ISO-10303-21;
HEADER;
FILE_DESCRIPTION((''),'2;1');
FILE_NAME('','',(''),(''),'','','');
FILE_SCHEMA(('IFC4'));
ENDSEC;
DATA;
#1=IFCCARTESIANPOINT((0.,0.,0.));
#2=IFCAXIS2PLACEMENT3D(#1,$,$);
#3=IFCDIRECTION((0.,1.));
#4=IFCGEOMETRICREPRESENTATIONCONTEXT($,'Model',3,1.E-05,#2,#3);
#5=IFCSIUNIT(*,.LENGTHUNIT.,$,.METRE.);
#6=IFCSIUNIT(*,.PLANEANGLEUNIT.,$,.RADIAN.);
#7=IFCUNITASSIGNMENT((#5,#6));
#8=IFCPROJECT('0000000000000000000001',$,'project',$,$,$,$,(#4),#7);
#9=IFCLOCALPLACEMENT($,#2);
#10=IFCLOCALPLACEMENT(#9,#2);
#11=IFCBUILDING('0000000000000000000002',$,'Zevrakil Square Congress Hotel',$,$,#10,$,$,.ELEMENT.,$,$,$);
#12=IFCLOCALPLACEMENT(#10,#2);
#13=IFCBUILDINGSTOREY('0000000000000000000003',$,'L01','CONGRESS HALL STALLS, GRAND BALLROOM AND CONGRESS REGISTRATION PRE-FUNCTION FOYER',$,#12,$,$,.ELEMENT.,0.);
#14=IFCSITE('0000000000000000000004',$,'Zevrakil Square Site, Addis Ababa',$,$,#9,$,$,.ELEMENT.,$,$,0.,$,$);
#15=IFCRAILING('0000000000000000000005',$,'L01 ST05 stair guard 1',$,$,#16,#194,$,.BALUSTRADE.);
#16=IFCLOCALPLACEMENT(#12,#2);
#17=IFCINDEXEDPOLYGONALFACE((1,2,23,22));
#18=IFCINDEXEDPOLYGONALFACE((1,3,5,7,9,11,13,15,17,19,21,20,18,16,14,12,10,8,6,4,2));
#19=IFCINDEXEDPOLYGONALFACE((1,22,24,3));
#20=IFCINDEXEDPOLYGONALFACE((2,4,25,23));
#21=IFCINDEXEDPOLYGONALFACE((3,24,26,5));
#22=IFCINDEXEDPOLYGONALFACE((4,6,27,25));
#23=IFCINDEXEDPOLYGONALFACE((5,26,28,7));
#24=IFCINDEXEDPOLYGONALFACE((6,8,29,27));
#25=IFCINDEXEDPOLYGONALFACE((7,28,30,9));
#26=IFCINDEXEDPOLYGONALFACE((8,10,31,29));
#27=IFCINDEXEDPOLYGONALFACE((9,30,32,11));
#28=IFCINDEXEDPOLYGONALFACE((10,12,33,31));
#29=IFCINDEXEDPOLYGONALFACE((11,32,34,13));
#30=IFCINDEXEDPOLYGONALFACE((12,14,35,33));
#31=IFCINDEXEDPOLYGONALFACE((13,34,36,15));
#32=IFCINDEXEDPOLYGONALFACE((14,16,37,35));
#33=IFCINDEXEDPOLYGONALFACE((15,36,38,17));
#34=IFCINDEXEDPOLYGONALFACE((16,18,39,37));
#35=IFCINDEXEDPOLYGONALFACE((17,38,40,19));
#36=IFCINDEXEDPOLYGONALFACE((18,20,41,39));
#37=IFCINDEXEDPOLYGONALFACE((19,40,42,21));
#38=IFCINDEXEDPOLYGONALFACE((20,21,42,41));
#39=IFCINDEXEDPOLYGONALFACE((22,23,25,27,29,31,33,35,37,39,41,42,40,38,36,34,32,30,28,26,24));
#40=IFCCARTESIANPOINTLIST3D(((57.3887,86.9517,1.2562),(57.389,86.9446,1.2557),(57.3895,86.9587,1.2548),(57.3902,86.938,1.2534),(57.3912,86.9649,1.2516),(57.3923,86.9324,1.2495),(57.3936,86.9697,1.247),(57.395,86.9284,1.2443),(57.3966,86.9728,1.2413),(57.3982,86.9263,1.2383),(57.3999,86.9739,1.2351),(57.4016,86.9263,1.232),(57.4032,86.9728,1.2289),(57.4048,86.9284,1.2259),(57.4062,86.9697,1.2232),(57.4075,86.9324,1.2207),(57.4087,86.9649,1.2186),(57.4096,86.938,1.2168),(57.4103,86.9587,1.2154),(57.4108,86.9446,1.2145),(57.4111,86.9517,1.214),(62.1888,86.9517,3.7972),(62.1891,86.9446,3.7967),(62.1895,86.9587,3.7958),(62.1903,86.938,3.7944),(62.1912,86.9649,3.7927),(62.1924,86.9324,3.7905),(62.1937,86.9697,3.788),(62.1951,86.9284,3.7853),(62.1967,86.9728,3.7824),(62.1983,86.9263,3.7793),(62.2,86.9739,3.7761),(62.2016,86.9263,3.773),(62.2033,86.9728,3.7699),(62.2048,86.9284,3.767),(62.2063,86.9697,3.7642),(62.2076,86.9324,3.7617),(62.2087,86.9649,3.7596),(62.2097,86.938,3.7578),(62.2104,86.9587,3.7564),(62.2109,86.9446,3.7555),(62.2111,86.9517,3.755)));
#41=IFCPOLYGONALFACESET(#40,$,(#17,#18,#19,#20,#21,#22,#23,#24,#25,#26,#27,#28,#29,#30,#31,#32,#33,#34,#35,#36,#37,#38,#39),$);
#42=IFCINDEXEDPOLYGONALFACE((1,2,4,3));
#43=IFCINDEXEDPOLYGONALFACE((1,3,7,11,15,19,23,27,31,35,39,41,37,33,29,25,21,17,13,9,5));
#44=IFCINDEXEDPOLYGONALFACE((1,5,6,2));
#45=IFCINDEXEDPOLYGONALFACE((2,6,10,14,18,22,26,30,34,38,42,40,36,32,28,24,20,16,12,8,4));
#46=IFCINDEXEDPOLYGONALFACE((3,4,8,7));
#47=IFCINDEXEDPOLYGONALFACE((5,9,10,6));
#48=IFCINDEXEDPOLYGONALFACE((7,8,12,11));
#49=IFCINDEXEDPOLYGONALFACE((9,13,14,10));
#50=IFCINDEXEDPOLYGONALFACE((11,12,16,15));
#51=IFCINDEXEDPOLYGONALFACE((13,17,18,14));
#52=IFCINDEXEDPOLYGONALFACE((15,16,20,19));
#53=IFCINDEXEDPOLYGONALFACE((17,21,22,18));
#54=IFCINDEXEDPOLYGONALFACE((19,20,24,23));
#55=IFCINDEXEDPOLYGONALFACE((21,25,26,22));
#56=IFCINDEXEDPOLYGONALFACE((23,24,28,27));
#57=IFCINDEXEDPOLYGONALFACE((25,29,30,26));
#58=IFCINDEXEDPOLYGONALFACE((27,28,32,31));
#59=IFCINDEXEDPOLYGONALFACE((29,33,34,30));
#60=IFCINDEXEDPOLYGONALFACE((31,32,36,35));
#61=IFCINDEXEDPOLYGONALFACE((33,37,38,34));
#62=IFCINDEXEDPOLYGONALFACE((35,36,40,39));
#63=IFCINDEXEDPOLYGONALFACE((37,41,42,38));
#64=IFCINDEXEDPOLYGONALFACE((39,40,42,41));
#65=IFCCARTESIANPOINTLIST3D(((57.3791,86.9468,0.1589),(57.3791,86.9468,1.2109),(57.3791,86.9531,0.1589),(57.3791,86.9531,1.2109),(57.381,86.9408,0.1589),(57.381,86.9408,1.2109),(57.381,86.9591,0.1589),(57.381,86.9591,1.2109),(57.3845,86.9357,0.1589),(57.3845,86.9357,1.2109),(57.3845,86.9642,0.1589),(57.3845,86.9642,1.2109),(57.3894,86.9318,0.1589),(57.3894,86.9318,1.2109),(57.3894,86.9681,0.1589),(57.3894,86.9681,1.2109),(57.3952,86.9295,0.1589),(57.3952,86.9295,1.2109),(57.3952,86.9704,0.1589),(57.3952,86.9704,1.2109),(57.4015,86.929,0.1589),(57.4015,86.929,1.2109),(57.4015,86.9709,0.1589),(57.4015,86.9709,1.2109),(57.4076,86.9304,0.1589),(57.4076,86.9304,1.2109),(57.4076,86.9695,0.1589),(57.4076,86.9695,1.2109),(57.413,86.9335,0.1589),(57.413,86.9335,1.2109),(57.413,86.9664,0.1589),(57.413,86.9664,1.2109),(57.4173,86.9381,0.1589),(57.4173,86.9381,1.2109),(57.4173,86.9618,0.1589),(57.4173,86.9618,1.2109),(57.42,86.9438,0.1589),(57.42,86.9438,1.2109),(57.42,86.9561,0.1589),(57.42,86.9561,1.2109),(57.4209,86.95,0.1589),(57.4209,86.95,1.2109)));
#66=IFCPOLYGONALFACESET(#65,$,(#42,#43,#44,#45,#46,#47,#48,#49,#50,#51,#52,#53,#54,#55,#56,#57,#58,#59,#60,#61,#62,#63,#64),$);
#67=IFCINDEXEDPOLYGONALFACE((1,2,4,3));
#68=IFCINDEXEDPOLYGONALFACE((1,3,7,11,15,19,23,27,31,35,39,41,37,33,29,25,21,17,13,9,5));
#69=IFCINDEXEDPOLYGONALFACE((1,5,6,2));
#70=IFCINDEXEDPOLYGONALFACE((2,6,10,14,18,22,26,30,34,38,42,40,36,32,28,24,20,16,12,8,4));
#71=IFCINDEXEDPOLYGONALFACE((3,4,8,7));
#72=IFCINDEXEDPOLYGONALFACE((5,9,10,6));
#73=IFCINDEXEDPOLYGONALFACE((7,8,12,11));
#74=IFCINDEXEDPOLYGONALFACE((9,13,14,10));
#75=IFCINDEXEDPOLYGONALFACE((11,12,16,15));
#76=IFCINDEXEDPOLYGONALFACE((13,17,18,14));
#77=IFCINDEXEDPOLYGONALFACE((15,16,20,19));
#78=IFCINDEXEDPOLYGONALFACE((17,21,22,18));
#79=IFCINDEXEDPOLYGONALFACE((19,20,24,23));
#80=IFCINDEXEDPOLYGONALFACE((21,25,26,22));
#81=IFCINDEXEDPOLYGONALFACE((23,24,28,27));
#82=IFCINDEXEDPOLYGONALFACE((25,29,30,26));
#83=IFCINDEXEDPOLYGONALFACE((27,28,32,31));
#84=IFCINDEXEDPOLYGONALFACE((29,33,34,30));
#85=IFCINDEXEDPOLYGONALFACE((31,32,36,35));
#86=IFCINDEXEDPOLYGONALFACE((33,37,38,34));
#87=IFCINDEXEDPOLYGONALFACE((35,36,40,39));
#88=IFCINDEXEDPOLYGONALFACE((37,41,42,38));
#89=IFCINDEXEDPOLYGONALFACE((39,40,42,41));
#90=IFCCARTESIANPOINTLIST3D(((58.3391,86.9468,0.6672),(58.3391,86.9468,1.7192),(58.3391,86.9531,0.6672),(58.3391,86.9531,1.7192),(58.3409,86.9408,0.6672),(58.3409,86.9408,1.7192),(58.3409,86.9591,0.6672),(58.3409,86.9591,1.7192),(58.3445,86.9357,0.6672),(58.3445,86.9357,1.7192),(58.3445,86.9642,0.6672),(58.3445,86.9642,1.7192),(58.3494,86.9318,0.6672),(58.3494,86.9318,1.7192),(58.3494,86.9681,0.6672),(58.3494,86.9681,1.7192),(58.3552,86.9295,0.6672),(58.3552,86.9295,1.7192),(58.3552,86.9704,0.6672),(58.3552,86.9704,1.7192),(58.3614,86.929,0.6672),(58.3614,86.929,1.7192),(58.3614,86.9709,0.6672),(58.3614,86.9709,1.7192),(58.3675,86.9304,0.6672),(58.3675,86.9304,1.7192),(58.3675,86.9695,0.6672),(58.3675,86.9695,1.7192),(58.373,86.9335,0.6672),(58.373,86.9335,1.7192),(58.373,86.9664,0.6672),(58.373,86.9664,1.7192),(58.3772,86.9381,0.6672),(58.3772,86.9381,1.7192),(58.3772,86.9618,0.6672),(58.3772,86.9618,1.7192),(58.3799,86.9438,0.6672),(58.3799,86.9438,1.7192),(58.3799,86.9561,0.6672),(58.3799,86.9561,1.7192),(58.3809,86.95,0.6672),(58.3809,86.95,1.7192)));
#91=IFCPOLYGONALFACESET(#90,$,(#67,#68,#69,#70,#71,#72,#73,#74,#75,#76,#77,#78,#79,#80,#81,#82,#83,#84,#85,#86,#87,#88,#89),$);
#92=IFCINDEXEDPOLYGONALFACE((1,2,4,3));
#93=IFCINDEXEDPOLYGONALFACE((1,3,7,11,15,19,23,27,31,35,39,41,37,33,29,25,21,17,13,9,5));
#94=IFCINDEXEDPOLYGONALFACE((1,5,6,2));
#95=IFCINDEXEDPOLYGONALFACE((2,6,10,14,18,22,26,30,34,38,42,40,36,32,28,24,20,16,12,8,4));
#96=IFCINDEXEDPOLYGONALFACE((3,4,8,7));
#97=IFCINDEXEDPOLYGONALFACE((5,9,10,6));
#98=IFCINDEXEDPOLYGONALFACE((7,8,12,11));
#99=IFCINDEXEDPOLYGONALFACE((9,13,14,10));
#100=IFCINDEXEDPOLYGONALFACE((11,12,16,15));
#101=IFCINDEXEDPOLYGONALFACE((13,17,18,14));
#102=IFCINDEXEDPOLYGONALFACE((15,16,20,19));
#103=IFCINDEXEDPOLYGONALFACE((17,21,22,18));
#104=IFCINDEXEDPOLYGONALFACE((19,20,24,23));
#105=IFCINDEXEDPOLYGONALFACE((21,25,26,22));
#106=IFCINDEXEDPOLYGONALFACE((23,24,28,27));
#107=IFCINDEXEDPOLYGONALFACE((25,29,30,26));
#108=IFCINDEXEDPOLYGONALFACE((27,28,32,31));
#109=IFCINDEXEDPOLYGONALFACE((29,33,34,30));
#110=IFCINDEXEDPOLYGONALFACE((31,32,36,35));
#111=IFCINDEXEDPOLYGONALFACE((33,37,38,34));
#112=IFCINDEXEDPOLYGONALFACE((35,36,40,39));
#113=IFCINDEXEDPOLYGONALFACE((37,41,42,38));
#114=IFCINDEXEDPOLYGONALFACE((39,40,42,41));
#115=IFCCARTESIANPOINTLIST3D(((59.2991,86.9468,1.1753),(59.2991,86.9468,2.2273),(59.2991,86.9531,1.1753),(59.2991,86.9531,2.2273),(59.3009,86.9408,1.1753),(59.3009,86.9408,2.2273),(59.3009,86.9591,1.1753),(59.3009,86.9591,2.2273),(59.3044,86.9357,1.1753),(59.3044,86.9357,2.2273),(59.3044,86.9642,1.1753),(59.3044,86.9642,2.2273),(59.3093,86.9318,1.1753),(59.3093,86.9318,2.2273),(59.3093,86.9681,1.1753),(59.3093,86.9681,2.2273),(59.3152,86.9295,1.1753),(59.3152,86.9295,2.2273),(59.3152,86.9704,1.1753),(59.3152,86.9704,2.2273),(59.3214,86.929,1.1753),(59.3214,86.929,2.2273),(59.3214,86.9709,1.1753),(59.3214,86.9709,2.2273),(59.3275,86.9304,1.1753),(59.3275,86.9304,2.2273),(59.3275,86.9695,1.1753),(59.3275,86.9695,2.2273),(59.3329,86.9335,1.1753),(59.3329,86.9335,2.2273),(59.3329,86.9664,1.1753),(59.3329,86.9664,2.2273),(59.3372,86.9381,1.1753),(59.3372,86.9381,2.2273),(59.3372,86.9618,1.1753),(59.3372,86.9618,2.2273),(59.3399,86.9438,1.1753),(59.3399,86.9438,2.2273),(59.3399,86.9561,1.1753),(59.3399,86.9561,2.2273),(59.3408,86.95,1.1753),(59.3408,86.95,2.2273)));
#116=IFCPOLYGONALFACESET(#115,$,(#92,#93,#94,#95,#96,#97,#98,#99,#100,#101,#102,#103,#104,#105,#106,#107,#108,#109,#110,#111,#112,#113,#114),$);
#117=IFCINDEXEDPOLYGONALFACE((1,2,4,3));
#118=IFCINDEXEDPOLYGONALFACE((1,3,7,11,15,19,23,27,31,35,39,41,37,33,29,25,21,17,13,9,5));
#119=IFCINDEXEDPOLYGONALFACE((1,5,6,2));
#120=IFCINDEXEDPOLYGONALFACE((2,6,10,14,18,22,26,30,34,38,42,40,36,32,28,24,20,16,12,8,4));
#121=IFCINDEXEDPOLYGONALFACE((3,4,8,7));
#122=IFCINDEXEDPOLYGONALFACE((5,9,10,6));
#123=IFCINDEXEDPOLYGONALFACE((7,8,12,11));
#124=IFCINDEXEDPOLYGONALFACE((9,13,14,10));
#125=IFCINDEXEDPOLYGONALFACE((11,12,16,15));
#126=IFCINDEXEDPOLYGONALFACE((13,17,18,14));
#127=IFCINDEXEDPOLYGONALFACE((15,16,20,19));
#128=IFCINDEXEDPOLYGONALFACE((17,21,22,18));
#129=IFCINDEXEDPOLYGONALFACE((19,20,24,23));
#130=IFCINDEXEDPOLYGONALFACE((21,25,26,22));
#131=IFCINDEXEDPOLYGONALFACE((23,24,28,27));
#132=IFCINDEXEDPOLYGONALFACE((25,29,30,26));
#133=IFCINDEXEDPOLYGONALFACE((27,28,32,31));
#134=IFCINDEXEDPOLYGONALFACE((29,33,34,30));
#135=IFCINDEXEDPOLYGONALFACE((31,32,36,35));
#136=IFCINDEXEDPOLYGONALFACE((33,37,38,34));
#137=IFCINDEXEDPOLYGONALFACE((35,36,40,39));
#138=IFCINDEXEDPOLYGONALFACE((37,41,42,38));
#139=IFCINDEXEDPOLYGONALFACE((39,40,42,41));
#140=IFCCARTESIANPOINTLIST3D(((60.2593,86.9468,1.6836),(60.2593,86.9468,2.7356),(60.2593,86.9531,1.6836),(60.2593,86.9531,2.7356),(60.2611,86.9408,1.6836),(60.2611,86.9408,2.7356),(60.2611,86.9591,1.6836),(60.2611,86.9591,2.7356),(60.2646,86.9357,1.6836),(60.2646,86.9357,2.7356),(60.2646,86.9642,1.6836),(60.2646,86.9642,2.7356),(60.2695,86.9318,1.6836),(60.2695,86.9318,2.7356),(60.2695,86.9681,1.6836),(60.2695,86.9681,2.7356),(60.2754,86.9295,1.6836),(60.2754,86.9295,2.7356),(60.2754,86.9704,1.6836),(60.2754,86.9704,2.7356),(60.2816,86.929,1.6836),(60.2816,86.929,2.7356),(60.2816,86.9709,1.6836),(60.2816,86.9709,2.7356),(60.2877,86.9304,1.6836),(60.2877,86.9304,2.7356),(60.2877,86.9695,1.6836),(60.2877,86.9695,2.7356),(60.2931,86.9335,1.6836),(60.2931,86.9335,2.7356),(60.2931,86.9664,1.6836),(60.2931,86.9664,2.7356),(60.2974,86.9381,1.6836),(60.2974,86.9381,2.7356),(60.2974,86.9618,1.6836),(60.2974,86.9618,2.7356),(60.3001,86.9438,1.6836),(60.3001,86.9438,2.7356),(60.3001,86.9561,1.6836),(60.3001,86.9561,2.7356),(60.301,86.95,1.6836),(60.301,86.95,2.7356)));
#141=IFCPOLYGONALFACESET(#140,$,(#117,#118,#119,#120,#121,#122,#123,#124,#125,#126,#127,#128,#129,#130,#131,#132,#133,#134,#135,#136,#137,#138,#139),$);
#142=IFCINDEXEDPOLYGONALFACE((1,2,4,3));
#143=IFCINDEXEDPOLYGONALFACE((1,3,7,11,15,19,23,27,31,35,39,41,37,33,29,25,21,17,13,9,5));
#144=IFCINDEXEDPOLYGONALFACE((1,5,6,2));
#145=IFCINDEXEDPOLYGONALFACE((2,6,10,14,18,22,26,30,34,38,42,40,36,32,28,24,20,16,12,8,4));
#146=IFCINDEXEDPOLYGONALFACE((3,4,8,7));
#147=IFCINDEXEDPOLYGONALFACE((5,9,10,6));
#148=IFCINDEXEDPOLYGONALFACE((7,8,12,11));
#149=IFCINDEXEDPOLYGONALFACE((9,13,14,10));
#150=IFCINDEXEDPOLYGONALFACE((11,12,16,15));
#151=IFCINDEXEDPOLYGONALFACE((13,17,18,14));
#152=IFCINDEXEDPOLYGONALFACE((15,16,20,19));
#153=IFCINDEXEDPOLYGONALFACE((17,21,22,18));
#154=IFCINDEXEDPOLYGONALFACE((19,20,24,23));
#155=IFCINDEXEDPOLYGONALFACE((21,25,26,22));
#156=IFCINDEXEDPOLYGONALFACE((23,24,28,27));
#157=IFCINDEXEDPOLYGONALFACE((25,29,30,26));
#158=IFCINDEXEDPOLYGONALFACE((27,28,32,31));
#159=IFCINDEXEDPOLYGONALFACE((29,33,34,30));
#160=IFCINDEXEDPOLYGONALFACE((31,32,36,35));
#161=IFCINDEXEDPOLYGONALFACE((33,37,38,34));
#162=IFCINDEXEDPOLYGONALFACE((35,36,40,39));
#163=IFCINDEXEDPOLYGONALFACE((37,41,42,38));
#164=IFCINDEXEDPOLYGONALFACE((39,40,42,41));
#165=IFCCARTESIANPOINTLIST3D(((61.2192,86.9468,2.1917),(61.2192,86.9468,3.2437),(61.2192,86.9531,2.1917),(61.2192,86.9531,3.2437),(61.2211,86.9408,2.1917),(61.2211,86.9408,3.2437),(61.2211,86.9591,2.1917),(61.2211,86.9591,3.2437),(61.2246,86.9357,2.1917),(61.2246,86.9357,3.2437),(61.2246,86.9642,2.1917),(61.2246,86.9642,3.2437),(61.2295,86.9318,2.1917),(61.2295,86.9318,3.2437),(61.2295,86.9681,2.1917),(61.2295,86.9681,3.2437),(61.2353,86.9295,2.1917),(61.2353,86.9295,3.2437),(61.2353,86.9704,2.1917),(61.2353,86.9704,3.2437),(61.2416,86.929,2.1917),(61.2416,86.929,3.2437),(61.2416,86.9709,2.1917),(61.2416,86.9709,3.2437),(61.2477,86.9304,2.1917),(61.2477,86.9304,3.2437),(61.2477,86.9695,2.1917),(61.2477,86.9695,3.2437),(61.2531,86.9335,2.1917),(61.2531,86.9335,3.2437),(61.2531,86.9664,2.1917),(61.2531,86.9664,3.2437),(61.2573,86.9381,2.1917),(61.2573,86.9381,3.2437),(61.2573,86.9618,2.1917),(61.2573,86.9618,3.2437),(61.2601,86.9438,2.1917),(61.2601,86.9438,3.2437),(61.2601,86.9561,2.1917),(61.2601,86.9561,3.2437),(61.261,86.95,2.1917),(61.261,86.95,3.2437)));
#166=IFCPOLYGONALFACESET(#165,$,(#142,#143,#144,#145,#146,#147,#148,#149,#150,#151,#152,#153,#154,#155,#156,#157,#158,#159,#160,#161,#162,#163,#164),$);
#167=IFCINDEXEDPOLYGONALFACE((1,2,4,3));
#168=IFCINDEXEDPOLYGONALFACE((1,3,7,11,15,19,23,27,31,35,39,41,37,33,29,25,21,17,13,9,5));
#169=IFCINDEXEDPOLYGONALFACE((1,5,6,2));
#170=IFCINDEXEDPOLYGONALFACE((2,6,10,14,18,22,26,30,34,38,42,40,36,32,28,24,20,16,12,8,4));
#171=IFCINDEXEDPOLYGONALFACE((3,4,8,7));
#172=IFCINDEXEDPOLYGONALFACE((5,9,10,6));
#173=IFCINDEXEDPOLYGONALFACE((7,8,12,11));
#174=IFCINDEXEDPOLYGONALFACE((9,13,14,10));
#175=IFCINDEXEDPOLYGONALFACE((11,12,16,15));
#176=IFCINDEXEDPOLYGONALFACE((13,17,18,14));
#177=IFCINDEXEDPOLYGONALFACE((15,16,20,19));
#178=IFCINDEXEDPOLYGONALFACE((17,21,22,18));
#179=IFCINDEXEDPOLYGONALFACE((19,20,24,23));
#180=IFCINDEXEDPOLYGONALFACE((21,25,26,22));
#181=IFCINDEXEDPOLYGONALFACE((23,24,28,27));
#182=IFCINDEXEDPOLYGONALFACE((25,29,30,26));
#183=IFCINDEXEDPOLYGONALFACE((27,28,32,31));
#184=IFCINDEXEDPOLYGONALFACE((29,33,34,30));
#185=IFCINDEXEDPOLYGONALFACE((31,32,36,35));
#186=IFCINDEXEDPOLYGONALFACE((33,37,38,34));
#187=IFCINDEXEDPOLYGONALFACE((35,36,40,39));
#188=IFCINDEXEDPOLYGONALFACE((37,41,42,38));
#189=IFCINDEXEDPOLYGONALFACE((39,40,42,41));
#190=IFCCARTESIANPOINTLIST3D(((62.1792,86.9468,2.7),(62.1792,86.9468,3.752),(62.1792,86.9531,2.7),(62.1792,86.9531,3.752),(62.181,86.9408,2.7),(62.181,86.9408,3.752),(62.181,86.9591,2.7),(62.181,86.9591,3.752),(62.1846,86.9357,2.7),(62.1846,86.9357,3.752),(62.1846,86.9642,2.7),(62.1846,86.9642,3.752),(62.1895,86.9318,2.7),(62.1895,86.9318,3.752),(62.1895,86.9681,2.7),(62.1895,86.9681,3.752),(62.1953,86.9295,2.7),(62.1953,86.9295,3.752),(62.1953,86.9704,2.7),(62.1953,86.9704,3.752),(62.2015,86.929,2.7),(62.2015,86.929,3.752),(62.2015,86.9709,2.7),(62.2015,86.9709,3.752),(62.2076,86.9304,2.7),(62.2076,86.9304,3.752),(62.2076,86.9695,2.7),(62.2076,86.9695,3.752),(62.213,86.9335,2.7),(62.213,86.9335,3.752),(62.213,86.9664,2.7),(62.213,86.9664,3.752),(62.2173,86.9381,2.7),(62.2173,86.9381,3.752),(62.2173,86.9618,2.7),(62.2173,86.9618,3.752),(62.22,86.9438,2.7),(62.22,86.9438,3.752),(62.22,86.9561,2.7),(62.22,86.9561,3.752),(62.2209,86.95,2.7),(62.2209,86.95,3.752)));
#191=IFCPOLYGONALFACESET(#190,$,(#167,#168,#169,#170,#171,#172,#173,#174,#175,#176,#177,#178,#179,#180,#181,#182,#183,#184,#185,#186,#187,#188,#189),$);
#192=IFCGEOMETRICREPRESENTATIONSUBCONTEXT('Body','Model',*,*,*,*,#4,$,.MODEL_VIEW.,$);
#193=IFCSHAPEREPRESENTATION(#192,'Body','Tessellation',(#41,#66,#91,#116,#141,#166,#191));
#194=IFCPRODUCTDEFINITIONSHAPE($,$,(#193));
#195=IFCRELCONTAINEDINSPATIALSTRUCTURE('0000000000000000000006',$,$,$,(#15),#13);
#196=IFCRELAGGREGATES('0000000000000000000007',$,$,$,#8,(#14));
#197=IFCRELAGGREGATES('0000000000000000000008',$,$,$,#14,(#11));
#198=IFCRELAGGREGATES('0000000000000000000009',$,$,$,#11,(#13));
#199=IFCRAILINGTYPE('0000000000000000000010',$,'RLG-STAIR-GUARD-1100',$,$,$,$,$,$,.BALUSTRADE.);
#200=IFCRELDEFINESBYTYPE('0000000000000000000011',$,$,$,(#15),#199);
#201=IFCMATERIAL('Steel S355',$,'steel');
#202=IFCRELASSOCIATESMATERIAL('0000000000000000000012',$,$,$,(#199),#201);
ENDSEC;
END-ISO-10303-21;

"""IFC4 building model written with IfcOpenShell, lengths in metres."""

from ifc_helpers import new_model, si_unit, direction, frame, origin, origin_2d, place, context, subcontext, project, spatial, circle, extrude, material, type_object, element, save


model = new_model("IFC4")

# Units and contexts
model_context = context("Model", 3, precision=1e-05, world=origin(), true_north=direction((0.0, 1.0)))
body_context = subcontext(model_context, "Body", "Model", "MODEL_VIEW")
ifc_project = project(units=[si_unit("LENGTHUNIT", "METRE"), si_unit("PLANEANGLEUNIT", "RADIAN")], contexts=[model_context])

# Site, building, storey
site_placement = place(None, origin())
site = spatial("IfcSite", under=ifc_project, at=site_placement, Name="Zevrakil Square Site, Addis Ababa", CompositionType="ELEMENT", RefElevation=0.0)
building_placement = place(site_placement, origin())
building = spatial("IfcBuilding", under=site, at=building_placement, Name="Zevrakil Square Congress Hotel", CompositionType="ELEMENT")
storey_placement = place(building_placement, origin())
storey = spatial("IfcBuildingStorey", under=building, at=storey_placement, Name="L01", Description="CONGRESS HALL STALLS, GRAND BALLROOM AND CONGRESS REGISTRATION PRE-FUNCTION FOYER", CompositionType="ELEMENT", Elevation=0.0)

# Railing
ifc_material_1 = material(Name="Steel S355", Category="steel")
railing_type_1 = type_object("IfcRailingType", Name="RLG-STAIR-GUARD-1100", PredefinedType="BALUSTRADE", material=ifc_material_1)
railing_1_placement = place(storey_placement, frame((57.3999, 86.95, 0.1589)))
element("IfcRailing", 1, at=railing_1_placement, inside=storey, type_object=railing_type_1, Name="L01 ST05 stair guard 1", PredefinedType="BALUSTRADE", context=body_context, shape_type="SweptSolid", body=[
    extrude(circle(Radius=0.0239, at=origin_2d()), frame((0.0, 0.0, 1.0762), z_axis=(0.883802, 0.0, 0.467861), x_axis=(0.0, 1.0, 0.0)), (0.0, 0.0, 1.0), 5.4312),
    extrude(circle(Radius=0.021, at=origin_2d()), origin(), (0.0, 0.0, 1.0), 1.052),
    extrude(circle(Radius=0.021, at=origin_2d()), frame((0.96, 0.0, 0.5083)), (0.0, 0.0, 1.0), 1.052),
    extrude(circle(Radius=0.021, at=origin_2d()), frame((1.9199, 0.0, 1.0164)), (0.0, 0.0, 1.0), 1.052),
    extrude(circle(Radius=0.021, at=origin_2d()), frame((2.8801, 0.0, 1.5247)), (0.0, 0.0, 1.0), 1.052),
    extrude(circle(Radius=0.021, at=origin_2d()), frame((3.8401, 0.0, 2.0327)), (0.0, 0.0, 1.0), 1.052),
    extrude(circle(Radius=0.021, at=origin_2d()), frame((4.8, 0.0, 2.541)), (0.0, 0.0, 1.0), 1.052),
])

save(model, "model.ifc")
